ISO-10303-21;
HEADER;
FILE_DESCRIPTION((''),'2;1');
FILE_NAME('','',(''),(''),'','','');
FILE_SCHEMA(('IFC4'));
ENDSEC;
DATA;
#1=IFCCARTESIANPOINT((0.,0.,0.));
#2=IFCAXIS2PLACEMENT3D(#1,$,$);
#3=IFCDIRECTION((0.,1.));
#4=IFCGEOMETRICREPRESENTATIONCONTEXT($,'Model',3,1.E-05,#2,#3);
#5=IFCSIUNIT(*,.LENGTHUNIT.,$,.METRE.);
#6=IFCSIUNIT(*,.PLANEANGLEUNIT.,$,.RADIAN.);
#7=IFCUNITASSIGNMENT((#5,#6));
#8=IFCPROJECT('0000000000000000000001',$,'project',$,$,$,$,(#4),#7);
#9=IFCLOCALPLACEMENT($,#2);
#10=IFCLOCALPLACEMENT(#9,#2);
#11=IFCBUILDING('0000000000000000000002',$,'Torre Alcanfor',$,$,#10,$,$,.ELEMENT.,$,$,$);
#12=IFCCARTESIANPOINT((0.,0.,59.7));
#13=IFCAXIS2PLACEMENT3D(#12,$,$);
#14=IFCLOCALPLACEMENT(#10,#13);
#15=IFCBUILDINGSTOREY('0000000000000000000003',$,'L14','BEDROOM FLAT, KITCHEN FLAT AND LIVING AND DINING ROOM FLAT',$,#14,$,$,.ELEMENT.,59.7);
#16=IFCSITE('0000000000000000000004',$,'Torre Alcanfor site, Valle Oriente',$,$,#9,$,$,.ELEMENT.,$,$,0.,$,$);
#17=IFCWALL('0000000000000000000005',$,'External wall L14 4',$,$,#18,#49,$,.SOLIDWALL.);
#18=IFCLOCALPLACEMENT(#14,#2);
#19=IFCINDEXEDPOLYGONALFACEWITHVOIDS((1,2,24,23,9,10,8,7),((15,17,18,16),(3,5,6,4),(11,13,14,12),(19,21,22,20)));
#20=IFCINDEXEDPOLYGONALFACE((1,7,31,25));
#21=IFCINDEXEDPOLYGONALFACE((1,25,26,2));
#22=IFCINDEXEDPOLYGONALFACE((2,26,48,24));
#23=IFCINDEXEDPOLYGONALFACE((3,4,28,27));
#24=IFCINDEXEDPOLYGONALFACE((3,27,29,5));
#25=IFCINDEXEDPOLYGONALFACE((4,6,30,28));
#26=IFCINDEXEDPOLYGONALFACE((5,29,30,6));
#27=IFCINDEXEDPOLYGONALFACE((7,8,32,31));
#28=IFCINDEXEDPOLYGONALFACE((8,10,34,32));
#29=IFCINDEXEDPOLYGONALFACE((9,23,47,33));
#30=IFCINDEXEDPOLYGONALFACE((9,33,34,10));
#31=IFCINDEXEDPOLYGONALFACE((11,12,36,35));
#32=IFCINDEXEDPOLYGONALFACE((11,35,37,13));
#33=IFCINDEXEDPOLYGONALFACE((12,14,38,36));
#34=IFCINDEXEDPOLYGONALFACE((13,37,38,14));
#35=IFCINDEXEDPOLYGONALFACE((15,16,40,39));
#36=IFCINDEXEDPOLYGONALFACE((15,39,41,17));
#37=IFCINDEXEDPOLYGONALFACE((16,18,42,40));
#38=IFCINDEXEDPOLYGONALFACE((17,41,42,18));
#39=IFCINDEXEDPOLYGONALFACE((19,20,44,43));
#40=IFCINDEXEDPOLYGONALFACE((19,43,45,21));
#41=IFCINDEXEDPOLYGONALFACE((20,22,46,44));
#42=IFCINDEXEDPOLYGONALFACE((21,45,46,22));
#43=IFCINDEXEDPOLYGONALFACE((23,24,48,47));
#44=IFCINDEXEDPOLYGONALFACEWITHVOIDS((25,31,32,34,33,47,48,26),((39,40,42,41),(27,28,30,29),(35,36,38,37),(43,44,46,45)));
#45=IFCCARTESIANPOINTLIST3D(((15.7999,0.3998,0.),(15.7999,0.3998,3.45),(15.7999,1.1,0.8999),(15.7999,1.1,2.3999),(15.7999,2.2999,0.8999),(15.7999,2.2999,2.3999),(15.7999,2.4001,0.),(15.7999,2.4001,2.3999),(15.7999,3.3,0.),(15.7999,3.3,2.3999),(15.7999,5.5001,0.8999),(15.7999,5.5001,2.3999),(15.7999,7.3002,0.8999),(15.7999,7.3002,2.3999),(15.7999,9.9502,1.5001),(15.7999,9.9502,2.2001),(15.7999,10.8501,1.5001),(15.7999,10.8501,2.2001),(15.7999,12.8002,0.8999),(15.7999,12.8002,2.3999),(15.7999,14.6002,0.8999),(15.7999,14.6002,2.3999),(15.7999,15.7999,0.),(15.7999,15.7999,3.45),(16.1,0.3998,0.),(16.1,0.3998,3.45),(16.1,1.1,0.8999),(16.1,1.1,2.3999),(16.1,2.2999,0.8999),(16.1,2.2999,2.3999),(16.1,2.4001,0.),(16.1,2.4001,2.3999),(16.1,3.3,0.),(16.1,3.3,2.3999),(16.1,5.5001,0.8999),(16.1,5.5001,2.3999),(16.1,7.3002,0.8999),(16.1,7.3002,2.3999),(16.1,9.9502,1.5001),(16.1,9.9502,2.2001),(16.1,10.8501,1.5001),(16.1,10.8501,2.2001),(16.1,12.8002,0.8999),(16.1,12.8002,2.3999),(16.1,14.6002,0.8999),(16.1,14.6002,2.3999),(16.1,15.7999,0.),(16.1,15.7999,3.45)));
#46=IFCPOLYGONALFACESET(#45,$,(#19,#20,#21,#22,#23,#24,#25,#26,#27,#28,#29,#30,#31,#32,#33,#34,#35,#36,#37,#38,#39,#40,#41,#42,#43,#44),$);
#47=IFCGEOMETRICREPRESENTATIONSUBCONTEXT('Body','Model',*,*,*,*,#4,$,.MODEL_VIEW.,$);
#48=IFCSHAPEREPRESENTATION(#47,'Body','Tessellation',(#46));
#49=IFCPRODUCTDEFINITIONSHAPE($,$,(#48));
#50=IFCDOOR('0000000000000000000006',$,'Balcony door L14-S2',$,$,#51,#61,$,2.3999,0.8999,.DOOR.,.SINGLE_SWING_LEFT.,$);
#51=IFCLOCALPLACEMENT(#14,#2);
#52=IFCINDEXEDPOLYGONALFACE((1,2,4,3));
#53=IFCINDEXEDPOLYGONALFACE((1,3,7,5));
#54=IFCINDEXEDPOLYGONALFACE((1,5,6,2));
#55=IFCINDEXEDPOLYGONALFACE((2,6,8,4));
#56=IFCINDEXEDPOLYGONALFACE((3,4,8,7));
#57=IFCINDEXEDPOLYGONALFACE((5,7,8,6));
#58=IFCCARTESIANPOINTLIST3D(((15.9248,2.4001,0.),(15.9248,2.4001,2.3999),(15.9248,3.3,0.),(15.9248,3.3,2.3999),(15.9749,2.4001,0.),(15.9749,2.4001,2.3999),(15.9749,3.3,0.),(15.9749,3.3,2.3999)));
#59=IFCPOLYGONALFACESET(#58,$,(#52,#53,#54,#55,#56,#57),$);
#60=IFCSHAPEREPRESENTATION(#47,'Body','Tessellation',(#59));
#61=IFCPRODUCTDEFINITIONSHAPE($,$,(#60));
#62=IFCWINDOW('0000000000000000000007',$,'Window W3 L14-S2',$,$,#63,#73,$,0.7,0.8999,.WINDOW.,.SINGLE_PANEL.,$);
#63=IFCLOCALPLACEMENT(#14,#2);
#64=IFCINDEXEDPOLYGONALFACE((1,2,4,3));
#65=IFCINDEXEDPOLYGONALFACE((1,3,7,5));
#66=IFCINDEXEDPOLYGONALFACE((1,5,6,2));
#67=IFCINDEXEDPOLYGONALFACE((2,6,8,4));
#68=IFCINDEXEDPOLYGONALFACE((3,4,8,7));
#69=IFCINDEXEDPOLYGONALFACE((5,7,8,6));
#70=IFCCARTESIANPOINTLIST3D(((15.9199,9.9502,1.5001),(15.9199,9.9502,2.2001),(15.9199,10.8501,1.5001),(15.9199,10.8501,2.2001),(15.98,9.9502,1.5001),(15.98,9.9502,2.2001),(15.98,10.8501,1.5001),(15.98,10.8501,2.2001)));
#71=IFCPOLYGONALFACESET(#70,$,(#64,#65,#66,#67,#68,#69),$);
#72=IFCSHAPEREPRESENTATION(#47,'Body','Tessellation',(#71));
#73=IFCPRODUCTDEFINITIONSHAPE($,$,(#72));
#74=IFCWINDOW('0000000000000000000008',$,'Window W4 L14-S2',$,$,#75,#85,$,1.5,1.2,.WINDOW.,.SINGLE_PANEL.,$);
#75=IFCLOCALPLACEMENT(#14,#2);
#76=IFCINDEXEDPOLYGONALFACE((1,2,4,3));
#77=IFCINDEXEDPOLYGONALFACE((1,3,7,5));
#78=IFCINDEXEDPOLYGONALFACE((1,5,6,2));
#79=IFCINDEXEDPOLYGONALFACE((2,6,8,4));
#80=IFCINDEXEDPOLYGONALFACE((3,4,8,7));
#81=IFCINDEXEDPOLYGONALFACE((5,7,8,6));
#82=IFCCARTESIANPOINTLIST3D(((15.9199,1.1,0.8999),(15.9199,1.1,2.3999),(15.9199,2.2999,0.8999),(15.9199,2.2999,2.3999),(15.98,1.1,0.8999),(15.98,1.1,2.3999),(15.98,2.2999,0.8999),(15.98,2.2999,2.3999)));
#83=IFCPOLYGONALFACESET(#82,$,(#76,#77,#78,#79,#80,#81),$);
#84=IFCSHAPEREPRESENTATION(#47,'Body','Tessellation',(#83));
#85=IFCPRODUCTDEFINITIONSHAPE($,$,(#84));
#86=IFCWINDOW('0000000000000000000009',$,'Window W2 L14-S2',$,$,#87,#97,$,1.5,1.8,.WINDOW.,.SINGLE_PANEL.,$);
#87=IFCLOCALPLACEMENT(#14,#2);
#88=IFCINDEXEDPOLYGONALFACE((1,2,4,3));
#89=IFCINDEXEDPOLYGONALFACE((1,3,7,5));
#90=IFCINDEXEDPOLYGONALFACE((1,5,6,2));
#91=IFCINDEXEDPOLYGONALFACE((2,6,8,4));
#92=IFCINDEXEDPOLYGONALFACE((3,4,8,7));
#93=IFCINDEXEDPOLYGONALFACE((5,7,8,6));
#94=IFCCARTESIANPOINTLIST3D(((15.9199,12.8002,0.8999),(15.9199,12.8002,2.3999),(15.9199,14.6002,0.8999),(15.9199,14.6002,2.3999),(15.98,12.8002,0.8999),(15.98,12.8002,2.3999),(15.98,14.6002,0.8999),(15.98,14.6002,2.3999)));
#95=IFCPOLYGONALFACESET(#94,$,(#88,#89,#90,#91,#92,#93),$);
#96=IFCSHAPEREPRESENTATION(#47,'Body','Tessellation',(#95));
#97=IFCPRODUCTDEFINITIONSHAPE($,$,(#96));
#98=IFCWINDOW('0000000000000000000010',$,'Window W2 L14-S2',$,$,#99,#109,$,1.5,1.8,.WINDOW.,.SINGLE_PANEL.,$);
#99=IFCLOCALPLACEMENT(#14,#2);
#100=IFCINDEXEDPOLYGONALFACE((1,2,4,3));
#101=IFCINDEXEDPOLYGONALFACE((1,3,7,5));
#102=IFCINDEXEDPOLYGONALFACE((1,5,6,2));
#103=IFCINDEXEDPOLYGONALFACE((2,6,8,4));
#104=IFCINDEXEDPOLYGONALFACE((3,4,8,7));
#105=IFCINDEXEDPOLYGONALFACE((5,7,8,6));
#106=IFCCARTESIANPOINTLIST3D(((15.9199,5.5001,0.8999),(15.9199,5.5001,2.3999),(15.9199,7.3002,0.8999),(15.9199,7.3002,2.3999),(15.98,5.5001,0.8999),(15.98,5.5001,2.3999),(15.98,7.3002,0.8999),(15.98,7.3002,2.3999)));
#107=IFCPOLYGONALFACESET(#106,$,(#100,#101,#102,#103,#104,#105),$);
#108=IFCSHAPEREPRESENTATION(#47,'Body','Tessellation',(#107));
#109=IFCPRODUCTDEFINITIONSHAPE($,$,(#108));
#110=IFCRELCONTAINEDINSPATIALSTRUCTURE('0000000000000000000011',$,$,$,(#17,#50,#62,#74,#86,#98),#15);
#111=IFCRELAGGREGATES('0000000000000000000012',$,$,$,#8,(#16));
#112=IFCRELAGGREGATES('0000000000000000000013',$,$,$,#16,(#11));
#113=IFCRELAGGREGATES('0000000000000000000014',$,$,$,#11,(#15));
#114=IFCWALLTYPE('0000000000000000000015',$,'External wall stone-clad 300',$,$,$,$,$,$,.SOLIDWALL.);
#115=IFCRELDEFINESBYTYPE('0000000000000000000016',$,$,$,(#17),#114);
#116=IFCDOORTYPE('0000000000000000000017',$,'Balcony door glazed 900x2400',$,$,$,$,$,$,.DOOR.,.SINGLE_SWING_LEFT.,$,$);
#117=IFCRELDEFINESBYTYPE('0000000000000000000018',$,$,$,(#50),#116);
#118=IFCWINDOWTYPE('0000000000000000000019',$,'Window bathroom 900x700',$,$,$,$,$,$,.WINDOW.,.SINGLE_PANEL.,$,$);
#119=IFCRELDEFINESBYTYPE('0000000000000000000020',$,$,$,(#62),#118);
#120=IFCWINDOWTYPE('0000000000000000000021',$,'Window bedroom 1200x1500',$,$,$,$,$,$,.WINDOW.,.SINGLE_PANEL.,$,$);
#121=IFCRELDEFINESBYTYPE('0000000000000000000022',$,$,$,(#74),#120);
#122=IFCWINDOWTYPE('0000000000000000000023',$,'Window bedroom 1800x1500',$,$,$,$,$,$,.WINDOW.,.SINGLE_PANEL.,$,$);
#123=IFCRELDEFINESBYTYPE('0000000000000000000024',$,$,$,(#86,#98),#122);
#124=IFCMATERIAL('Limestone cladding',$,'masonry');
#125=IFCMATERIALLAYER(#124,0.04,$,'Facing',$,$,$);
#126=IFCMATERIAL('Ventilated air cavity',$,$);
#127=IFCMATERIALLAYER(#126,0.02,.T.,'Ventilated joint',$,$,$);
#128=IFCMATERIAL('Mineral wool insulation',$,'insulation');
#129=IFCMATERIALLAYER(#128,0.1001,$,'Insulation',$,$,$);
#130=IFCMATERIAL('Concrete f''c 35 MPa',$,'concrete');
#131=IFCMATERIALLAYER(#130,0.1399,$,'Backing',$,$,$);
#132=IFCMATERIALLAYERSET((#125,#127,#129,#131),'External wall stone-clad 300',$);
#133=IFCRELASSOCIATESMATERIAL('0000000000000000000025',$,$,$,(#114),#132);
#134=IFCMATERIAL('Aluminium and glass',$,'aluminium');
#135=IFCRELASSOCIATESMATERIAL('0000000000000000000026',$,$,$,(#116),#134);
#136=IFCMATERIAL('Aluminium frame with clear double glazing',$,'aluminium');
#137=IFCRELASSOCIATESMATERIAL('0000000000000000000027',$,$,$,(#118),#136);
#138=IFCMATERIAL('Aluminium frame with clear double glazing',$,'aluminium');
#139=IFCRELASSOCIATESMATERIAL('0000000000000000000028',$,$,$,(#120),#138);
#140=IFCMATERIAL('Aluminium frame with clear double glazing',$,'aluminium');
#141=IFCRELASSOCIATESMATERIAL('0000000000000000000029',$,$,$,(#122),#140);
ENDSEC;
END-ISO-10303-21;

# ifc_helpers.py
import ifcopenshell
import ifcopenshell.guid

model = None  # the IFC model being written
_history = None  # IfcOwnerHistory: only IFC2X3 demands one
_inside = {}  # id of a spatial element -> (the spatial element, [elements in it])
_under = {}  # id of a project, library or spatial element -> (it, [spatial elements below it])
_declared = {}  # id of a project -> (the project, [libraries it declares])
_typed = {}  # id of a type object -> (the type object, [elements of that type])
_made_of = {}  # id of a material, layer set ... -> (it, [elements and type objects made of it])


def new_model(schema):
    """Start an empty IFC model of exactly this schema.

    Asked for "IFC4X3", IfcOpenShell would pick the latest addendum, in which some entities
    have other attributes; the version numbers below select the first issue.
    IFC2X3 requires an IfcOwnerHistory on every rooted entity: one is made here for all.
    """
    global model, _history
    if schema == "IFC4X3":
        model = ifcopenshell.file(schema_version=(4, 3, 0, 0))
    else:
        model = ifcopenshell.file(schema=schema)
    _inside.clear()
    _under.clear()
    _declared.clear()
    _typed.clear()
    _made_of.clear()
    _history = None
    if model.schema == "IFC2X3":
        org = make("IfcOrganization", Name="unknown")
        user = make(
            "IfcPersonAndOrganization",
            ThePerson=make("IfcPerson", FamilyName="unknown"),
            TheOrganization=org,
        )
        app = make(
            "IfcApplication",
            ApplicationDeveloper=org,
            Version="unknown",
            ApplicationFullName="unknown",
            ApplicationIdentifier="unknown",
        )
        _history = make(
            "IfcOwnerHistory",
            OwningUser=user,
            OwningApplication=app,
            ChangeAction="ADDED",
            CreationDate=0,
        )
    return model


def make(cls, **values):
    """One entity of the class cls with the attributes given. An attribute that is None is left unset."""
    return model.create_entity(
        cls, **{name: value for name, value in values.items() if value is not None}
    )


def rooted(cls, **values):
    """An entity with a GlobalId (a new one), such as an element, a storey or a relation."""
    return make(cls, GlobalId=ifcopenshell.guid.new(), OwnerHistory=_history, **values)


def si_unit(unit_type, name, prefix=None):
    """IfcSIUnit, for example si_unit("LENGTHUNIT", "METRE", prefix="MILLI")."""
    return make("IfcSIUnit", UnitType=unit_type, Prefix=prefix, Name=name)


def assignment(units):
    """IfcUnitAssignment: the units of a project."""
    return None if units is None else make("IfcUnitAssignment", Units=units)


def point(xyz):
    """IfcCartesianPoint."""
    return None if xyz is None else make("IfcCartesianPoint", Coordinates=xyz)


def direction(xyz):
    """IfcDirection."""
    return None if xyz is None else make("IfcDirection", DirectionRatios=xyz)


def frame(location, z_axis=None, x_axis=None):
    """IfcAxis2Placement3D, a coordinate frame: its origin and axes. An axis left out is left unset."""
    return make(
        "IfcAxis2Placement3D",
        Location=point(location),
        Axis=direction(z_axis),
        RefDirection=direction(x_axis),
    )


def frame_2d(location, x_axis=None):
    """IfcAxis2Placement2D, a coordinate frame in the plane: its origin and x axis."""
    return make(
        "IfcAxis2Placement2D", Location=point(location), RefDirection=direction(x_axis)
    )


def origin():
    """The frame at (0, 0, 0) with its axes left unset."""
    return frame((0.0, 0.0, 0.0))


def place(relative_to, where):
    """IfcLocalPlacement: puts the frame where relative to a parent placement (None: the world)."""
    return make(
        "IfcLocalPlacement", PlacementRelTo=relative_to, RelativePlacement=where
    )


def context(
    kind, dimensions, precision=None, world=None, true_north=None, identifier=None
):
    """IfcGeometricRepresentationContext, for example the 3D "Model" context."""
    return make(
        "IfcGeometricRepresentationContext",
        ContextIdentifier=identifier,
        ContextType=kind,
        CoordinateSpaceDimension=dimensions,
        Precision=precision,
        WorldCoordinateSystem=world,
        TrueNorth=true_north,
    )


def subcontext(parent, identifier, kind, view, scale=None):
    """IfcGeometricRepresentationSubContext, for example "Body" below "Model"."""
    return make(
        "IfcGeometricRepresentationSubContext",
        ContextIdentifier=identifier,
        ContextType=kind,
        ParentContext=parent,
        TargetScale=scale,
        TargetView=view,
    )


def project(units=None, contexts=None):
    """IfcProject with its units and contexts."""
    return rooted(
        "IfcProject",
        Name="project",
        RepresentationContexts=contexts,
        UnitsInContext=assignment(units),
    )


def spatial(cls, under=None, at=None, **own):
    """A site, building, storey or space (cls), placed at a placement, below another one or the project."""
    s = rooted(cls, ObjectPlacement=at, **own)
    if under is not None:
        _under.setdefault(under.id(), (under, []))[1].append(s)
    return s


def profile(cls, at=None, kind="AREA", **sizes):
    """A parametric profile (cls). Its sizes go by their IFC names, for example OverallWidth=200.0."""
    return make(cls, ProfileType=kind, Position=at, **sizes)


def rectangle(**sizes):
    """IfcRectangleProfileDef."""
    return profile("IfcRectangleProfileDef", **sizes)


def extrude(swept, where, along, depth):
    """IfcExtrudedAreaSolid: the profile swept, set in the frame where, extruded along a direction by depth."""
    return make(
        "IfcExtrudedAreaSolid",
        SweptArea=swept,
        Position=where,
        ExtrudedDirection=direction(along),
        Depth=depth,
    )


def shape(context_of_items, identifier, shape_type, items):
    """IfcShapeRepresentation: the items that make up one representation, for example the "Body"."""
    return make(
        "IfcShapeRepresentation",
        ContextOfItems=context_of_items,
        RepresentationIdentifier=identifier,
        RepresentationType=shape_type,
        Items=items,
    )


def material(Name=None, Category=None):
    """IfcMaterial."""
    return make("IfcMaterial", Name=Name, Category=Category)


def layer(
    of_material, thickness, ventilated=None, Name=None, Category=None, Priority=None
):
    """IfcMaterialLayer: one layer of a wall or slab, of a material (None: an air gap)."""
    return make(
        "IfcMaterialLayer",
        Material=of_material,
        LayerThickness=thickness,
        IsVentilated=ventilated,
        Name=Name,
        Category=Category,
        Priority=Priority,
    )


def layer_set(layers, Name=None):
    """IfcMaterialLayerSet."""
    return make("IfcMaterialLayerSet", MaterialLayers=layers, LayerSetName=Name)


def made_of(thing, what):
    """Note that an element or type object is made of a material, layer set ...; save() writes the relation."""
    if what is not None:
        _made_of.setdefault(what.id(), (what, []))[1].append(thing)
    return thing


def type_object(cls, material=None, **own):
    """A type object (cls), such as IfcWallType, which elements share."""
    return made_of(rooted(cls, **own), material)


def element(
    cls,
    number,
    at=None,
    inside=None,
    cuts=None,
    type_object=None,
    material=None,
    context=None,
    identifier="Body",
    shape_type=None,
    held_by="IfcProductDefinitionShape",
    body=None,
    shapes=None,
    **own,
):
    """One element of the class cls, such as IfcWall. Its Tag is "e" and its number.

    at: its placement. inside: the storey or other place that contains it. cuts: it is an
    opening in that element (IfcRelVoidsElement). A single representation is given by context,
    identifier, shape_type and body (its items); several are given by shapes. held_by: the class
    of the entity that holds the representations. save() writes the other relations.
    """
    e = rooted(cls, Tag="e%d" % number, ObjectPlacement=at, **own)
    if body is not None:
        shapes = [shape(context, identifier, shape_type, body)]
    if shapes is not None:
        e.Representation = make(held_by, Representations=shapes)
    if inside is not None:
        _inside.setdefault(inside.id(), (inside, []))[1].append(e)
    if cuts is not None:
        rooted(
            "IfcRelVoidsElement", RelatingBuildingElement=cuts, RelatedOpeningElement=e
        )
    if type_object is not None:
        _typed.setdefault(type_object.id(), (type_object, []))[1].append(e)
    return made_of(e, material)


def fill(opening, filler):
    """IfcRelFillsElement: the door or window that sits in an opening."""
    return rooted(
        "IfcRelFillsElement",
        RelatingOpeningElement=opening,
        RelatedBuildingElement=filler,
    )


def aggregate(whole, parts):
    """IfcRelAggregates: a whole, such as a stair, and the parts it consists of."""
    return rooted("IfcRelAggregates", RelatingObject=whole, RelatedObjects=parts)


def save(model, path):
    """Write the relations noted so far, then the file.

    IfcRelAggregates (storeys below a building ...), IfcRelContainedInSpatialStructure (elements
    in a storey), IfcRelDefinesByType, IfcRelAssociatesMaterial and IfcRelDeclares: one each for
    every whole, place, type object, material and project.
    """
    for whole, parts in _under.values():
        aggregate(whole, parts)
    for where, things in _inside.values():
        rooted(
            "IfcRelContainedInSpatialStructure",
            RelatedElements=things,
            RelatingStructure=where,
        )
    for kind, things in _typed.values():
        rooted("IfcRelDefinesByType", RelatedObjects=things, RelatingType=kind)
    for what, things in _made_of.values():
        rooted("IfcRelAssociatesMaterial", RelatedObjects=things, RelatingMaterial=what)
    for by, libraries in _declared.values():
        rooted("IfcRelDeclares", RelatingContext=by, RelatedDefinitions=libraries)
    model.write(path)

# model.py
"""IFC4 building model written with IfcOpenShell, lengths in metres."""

from ifc_helpers import new_model, si_unit, direction, frame, frame_2d, origin, place, context, subcontext, project, spatial, rectangle, extrude, material, layer, layer_set, type_object, element, fill, save


model = new_model("IFC4")

# Units and contexts
model_context = context("Model", 3, precision=1e-05, world=origin(), true_north=direction((0.0, 1.0)))
body_context = subcontext(model_context, "Body", "Model", "MODEL_VIEW")
ifc_project = project(units=[si_unit("LENGTHUNIT", "METRE"), si_unit("PLANEANGLEUNIT", "RADIAN")], contexts=[model_context])

# Site, building, storey
site_placement = place(None, origin())
site = spatial("IfcSite", under=ifc_project, at=site_placement, Name="Torre Alcanfor site, Valle Oriente", CompositionType="ELEMENT", RefElevation=0.0)
building_placement = place(site_placement, origin())
building = spatial("IfcBuilding", under=site, at=building_placement, Name="Torre Alcanfor", CompositionType="ELEMENT")
storey_placement = place(building_placement, frame((0.0, 0.0, 59.7)))
storey = spatial("IfcBuildingStorey", under=building, at=storey_placement, Name="L14", Description="BEDROOM FLAT, KITCHEN FLAT AND LIVING AND DINING ROOM FLAT", CompositionType="ELEMENT", Elevation=59.7)

# Wall, openings, door, windows
ifc_material_1 = material(Name="Limestone cladding", Category="masonry")
ifc_layer_1 = layer(ifc_material_1, 0.04, Name="Facing")
ifc_material_2 = material(Name="Ventilated air cavity")
ifc_layer_2 = layer(ifc_material_2, 0.02, ventilated=True, Name="Ventilated joint")
ifc_material_3 = material(Name="Mineral wool insulation", Category="insulation")
ifc_layer_3 = layer(ifc_material_3, 0.1001, Name="Insulation")
ifc_material_4 = material(Name="Concrete f'c 35 MPa", Category="concrete")
ifc_layer_4 = layer(ifc_material_4, 0.1399, Name="Backing")
ifc_layer_set_1 = layer_set([ifc_layer_1, ifc_layer_2, ifc_layer_3, ifc_layer_4], Name="External wall stone-clad 300")
wall_type_1 = type_object("IfcWallType", Name="External wall stone-clad 300", PredefinedType="SOLIDWALL", material=ifc_layer_set_1)
ifc_material_5 = material(Name="Aluminium and glass", Category="aluminium")
door_type = type_object("IfcDoorType", Name="Balcony door glazed 900x2400", OperationType="SINGLE_SWING_LEFT", PredefinedType="DOOR", material=ifc_material_5)
ifc_material_6 = material(Name="Aluminium frame with clear double glazing", Category="aluminium")
window_type_1 = type_object("IfcWindowType", Name="Window bathroom 900x700", PartitioningType="SINGLE_PANEL", PredefinedType="WINDOW", material=ifc_material_6)
ifc_material_7 = material(Name="Aluminium frame with clear double glazing", Category="aluminium")
window_type_2 = type_object("IfcWindowType", Name="Window bedroom 1200x1500", PartitioningType="SINGLE_PANEL", PredefinedType="WINDOW", material=ifc_material_7)
ifc_material_8 = material(Name="Aluminium frame with clear double glazing", Category="aluminium")
window_type_3 = type_object("IfcWindowType", Name="Window bedroom 1800x1500", PartitioningType="SINGLE_PANEL", PredefinedType="WINDOW", material=ifc_material_8)
wall_1_placement = place(storey_placement, frame((15.95, 15.8, 0.0), z_axis=(0.0, 0.0, 1.0), x_axis=(0.0, -1.0, 0.0)))
wall_1 = element("IfcWall", 1, at=wall_1_placement, inside=storey, type_object=wall_type_1, Name="External wall L14 4", PredefinedType="SOLIDWALL", context=body_context, shape_type="SweptSolid", body=[
    extrude(rectangle(XDim=15.4001, YDim=0.3, at=frame_2d((7.7002, 0.0))), origin(), (0.0, 0.0, 1.0), 3.45),
])
opening_1_placement = place(wall_1_placement, frame((1.2, 0.0, 0.8999)))
opening_1 = element("IfcOpeningElement", 2, at=opening_1_placement, cuts=wall_1, PredefinedType="OPENING", context=body_context, shape_type="SweptSolid", body=[
    extrude(rectangle(XDim=1.8, YDim=1.5, at=frame_2d((0.8999, 0.75))), frame((0.0, 0.1599, 0.0), z_axis=(0.0, -1.0, 0.0), x_axis=(1.0, 0.0, 0.0)), (0.0, 0.0, 1.0), 0.3201),
])
opening_2_placement = place(wall_1_placement, frame((4.95, 0.0, 1.5)))
opening_2 = element("IfcOpeningElement", 3, at=opening_2_placement, cuts=wall_1, PredefinedType="OPENING", context=body_context, shape_type="SweptSolid", body=[
    extrude(rectangle(XDim=0.8999, YDim=0.7, at=frame_2d((0.45, 0.3501))), frame((0.0, 0.1599, 0.0), z_axis=(0.0, -1.0, 0.0), x_axis=(1.0, 0.0, 0.0)), (0.0, 0.0, 1.0), 0.3201),
])
opening_3_placement = place(wall_1_placement, frame((8.5, 0.0, 0.8999)))
opening_3 = element("IfcOpeningElement", 4, at=opening_3_placement, cuts=wall_1, PredefinedType="OPENING", context=body_context, shape_type="SweptSolid", body=[
    extrude(rectangle(XDim=1.8, YDim=1.5, at=frame_2d((0.8999, 0.75))), frame((0.0, 0.1599, 0.0), z_axis=(0.0, -1.0, 0.0), x_axis=(1.0, 0.0, 0.0)), (0.0, 0.0, 1.0), 0.3201),
])
opening_4_placement = place(wall_1_placement, frame((12.5, 0.0, 0.0)))
opening_4 = element("IfcOpeningElement", 5, at=opening_4_placement, cuts=wall_1, PredefinedType="OPENING", context=body_context, shape_type="SweptSolid", body=[
    extrude(rectangle(XDim=0.8999, YDim=2.3999, at=frame_2d((0.45, 1.2))), frame((0.0, 0.1599, 0.0), z_axis=(0.0, -1.0, 0.0), x_axis=(1.0, 0.0, 0.0)), (0.0, 0.0, 1.0), 0.3201),
])
opening_5_placement = place(wall_1_placement, frame((13.5, 0.0, 0.8999)))
opening_5 = element("IfcOpeningElement", 6, at=opening_5_placement, cuts=wall_1, PredefinedType="OPENING", context=body_context, shape_type="SweptSolid", body=[
    extrude(rectangle(XDim=1.2, YDim=1.5, at=frame_2d((0.6001, 0.75))), frame((0.0, 0.1599, 0.0), z_axis=(0.0, -1.0, 0.0), x_axis=(1.0, 0.0, 0.0)), (0.0, 0.0, 1.0), 0.3201),
])
door_1_placement = place(opening_4_placement, origin())
door_1 = element("IfcDoor", 7, at=door_1_placement, inside=storey, type_object=door_type, Name="Balcony door L14-S2", OperationType="SINGLE_SWING_LEFT", OverallHeight=2.3999, OverallWidth=0.8999, PredefinedType="DOOR", context=body_context, shape_type="SweptSolid", body=[
    extrude(rectangle(XDim=0.8999, YDim=2.3999, at=frame_2d((0.45, 1.2))), frame((0.0, 0.0249, 0.0), z_axis=(0.0, -1.0, 0.0), x_axis=(1.0, 0.0, 0.0)), (0.0, 0.0, 1.0), 0.05),
])
fill(opening_4, door_1)
window_1_placement = place(opening_2_placement, origin())
window_1 = element("IfcWindow", 8, at=window_1_placement, inside=storey, type_object=window_type_1, Name="Window W3 L14-S2", OverallHeight=0.7, OverallWidth=0.8999, PartitioningType="SINGLE_PANEL", PredefinedType="WINDOW", context=body_context, shape_type="SweptSolid", body=[
    extrude(rectangle(XDim=0.8999, YDim=0.7, at=frame_2d((0.45, 0.3501))), frame((0.0, 0.03, 0.0), z_axis=(0.0, -1.0, 0.0), x_axis=(1.0, 0.0, 0.0)), (0.0, 0.0, 1.0), 0.0601),
])
fill(opening_2, window_1)
window_2_placement = place(opening_5_placement, origin())
window_2 = element("IfcWindow", 9, at=window_2_placement, inside=storey, type_object=window_type_2, Name="Window W4 L14-S2", OverallHeight=1.5, OverallWidth=1.2, PartitioningType="SINGLE_PANEL", PredefinedType="WINDOW", context=body_context, shape_type="SweptSolid", body=[
    extrude(rectangle(XDim=1.2, YDim=1.5, at=frame_2d((0.6001, 0.75))), frame((0.0, 0.03, 0.0), z_axis=(0.0, -1.0, 0.0), x_axis=(1.0, 0.0, 0.0)), (0.0, 0.0, 1.0), 0.0601),
])
fill(opening_5, window_2)
window_3_placement = place(opening_1_placement, origin())
window_3 = element("IfcWindow", 10, at=window_3_placement, inside=storey, type_object=window_type_3, Name="Window W2 L14-S2", OverallHeight=1.5, OverallWidth=1.8, PartitioningType="SINGLE_PANEL", PredefinedType="WINDOW", context=body_context, shape_type="SweptSolid", body=[
    extrude(rectangle(XDim=1.8, YDim=1.5, at=frame_2d((0.8999, 0.75))), frame((0.0, 0.03, 0.0), z_axis=(0.0, -1.0, 0.0), x_axis=(1.0, 0.0, 0.0)), (0.0, 0.0, 1.0), 0.0601),
])
fill(opening_1, window_3)
window_4_placement = place(opening_3_placement, origin())
window_4 = element("IfcWindow", 11, at=window_4_placement, inside=storey, type_object=window_type_3, Name="Window W2 L14-S2", OverallHeight=1.5, OverallWidth=1.8, PartitioningType="SINGLE_PANEL", PredefinedType="WINDOW", context=body_context, shape_type="SweptSolid", body=[
    extrude(rectangle(XDim=1.8, YDim=1.5, at=frame_2d((0.8999, 0.75))), frame((0.0, 0.03, 0.0), z_axis=(0.0, -1.0, 0.0), x_axis=(1.0, 0.0, 0.0)), (0.0, 0.0, 1.0), 0.0601),
])
fill(opening_3, window_4)

save(model, "model.ifc")
